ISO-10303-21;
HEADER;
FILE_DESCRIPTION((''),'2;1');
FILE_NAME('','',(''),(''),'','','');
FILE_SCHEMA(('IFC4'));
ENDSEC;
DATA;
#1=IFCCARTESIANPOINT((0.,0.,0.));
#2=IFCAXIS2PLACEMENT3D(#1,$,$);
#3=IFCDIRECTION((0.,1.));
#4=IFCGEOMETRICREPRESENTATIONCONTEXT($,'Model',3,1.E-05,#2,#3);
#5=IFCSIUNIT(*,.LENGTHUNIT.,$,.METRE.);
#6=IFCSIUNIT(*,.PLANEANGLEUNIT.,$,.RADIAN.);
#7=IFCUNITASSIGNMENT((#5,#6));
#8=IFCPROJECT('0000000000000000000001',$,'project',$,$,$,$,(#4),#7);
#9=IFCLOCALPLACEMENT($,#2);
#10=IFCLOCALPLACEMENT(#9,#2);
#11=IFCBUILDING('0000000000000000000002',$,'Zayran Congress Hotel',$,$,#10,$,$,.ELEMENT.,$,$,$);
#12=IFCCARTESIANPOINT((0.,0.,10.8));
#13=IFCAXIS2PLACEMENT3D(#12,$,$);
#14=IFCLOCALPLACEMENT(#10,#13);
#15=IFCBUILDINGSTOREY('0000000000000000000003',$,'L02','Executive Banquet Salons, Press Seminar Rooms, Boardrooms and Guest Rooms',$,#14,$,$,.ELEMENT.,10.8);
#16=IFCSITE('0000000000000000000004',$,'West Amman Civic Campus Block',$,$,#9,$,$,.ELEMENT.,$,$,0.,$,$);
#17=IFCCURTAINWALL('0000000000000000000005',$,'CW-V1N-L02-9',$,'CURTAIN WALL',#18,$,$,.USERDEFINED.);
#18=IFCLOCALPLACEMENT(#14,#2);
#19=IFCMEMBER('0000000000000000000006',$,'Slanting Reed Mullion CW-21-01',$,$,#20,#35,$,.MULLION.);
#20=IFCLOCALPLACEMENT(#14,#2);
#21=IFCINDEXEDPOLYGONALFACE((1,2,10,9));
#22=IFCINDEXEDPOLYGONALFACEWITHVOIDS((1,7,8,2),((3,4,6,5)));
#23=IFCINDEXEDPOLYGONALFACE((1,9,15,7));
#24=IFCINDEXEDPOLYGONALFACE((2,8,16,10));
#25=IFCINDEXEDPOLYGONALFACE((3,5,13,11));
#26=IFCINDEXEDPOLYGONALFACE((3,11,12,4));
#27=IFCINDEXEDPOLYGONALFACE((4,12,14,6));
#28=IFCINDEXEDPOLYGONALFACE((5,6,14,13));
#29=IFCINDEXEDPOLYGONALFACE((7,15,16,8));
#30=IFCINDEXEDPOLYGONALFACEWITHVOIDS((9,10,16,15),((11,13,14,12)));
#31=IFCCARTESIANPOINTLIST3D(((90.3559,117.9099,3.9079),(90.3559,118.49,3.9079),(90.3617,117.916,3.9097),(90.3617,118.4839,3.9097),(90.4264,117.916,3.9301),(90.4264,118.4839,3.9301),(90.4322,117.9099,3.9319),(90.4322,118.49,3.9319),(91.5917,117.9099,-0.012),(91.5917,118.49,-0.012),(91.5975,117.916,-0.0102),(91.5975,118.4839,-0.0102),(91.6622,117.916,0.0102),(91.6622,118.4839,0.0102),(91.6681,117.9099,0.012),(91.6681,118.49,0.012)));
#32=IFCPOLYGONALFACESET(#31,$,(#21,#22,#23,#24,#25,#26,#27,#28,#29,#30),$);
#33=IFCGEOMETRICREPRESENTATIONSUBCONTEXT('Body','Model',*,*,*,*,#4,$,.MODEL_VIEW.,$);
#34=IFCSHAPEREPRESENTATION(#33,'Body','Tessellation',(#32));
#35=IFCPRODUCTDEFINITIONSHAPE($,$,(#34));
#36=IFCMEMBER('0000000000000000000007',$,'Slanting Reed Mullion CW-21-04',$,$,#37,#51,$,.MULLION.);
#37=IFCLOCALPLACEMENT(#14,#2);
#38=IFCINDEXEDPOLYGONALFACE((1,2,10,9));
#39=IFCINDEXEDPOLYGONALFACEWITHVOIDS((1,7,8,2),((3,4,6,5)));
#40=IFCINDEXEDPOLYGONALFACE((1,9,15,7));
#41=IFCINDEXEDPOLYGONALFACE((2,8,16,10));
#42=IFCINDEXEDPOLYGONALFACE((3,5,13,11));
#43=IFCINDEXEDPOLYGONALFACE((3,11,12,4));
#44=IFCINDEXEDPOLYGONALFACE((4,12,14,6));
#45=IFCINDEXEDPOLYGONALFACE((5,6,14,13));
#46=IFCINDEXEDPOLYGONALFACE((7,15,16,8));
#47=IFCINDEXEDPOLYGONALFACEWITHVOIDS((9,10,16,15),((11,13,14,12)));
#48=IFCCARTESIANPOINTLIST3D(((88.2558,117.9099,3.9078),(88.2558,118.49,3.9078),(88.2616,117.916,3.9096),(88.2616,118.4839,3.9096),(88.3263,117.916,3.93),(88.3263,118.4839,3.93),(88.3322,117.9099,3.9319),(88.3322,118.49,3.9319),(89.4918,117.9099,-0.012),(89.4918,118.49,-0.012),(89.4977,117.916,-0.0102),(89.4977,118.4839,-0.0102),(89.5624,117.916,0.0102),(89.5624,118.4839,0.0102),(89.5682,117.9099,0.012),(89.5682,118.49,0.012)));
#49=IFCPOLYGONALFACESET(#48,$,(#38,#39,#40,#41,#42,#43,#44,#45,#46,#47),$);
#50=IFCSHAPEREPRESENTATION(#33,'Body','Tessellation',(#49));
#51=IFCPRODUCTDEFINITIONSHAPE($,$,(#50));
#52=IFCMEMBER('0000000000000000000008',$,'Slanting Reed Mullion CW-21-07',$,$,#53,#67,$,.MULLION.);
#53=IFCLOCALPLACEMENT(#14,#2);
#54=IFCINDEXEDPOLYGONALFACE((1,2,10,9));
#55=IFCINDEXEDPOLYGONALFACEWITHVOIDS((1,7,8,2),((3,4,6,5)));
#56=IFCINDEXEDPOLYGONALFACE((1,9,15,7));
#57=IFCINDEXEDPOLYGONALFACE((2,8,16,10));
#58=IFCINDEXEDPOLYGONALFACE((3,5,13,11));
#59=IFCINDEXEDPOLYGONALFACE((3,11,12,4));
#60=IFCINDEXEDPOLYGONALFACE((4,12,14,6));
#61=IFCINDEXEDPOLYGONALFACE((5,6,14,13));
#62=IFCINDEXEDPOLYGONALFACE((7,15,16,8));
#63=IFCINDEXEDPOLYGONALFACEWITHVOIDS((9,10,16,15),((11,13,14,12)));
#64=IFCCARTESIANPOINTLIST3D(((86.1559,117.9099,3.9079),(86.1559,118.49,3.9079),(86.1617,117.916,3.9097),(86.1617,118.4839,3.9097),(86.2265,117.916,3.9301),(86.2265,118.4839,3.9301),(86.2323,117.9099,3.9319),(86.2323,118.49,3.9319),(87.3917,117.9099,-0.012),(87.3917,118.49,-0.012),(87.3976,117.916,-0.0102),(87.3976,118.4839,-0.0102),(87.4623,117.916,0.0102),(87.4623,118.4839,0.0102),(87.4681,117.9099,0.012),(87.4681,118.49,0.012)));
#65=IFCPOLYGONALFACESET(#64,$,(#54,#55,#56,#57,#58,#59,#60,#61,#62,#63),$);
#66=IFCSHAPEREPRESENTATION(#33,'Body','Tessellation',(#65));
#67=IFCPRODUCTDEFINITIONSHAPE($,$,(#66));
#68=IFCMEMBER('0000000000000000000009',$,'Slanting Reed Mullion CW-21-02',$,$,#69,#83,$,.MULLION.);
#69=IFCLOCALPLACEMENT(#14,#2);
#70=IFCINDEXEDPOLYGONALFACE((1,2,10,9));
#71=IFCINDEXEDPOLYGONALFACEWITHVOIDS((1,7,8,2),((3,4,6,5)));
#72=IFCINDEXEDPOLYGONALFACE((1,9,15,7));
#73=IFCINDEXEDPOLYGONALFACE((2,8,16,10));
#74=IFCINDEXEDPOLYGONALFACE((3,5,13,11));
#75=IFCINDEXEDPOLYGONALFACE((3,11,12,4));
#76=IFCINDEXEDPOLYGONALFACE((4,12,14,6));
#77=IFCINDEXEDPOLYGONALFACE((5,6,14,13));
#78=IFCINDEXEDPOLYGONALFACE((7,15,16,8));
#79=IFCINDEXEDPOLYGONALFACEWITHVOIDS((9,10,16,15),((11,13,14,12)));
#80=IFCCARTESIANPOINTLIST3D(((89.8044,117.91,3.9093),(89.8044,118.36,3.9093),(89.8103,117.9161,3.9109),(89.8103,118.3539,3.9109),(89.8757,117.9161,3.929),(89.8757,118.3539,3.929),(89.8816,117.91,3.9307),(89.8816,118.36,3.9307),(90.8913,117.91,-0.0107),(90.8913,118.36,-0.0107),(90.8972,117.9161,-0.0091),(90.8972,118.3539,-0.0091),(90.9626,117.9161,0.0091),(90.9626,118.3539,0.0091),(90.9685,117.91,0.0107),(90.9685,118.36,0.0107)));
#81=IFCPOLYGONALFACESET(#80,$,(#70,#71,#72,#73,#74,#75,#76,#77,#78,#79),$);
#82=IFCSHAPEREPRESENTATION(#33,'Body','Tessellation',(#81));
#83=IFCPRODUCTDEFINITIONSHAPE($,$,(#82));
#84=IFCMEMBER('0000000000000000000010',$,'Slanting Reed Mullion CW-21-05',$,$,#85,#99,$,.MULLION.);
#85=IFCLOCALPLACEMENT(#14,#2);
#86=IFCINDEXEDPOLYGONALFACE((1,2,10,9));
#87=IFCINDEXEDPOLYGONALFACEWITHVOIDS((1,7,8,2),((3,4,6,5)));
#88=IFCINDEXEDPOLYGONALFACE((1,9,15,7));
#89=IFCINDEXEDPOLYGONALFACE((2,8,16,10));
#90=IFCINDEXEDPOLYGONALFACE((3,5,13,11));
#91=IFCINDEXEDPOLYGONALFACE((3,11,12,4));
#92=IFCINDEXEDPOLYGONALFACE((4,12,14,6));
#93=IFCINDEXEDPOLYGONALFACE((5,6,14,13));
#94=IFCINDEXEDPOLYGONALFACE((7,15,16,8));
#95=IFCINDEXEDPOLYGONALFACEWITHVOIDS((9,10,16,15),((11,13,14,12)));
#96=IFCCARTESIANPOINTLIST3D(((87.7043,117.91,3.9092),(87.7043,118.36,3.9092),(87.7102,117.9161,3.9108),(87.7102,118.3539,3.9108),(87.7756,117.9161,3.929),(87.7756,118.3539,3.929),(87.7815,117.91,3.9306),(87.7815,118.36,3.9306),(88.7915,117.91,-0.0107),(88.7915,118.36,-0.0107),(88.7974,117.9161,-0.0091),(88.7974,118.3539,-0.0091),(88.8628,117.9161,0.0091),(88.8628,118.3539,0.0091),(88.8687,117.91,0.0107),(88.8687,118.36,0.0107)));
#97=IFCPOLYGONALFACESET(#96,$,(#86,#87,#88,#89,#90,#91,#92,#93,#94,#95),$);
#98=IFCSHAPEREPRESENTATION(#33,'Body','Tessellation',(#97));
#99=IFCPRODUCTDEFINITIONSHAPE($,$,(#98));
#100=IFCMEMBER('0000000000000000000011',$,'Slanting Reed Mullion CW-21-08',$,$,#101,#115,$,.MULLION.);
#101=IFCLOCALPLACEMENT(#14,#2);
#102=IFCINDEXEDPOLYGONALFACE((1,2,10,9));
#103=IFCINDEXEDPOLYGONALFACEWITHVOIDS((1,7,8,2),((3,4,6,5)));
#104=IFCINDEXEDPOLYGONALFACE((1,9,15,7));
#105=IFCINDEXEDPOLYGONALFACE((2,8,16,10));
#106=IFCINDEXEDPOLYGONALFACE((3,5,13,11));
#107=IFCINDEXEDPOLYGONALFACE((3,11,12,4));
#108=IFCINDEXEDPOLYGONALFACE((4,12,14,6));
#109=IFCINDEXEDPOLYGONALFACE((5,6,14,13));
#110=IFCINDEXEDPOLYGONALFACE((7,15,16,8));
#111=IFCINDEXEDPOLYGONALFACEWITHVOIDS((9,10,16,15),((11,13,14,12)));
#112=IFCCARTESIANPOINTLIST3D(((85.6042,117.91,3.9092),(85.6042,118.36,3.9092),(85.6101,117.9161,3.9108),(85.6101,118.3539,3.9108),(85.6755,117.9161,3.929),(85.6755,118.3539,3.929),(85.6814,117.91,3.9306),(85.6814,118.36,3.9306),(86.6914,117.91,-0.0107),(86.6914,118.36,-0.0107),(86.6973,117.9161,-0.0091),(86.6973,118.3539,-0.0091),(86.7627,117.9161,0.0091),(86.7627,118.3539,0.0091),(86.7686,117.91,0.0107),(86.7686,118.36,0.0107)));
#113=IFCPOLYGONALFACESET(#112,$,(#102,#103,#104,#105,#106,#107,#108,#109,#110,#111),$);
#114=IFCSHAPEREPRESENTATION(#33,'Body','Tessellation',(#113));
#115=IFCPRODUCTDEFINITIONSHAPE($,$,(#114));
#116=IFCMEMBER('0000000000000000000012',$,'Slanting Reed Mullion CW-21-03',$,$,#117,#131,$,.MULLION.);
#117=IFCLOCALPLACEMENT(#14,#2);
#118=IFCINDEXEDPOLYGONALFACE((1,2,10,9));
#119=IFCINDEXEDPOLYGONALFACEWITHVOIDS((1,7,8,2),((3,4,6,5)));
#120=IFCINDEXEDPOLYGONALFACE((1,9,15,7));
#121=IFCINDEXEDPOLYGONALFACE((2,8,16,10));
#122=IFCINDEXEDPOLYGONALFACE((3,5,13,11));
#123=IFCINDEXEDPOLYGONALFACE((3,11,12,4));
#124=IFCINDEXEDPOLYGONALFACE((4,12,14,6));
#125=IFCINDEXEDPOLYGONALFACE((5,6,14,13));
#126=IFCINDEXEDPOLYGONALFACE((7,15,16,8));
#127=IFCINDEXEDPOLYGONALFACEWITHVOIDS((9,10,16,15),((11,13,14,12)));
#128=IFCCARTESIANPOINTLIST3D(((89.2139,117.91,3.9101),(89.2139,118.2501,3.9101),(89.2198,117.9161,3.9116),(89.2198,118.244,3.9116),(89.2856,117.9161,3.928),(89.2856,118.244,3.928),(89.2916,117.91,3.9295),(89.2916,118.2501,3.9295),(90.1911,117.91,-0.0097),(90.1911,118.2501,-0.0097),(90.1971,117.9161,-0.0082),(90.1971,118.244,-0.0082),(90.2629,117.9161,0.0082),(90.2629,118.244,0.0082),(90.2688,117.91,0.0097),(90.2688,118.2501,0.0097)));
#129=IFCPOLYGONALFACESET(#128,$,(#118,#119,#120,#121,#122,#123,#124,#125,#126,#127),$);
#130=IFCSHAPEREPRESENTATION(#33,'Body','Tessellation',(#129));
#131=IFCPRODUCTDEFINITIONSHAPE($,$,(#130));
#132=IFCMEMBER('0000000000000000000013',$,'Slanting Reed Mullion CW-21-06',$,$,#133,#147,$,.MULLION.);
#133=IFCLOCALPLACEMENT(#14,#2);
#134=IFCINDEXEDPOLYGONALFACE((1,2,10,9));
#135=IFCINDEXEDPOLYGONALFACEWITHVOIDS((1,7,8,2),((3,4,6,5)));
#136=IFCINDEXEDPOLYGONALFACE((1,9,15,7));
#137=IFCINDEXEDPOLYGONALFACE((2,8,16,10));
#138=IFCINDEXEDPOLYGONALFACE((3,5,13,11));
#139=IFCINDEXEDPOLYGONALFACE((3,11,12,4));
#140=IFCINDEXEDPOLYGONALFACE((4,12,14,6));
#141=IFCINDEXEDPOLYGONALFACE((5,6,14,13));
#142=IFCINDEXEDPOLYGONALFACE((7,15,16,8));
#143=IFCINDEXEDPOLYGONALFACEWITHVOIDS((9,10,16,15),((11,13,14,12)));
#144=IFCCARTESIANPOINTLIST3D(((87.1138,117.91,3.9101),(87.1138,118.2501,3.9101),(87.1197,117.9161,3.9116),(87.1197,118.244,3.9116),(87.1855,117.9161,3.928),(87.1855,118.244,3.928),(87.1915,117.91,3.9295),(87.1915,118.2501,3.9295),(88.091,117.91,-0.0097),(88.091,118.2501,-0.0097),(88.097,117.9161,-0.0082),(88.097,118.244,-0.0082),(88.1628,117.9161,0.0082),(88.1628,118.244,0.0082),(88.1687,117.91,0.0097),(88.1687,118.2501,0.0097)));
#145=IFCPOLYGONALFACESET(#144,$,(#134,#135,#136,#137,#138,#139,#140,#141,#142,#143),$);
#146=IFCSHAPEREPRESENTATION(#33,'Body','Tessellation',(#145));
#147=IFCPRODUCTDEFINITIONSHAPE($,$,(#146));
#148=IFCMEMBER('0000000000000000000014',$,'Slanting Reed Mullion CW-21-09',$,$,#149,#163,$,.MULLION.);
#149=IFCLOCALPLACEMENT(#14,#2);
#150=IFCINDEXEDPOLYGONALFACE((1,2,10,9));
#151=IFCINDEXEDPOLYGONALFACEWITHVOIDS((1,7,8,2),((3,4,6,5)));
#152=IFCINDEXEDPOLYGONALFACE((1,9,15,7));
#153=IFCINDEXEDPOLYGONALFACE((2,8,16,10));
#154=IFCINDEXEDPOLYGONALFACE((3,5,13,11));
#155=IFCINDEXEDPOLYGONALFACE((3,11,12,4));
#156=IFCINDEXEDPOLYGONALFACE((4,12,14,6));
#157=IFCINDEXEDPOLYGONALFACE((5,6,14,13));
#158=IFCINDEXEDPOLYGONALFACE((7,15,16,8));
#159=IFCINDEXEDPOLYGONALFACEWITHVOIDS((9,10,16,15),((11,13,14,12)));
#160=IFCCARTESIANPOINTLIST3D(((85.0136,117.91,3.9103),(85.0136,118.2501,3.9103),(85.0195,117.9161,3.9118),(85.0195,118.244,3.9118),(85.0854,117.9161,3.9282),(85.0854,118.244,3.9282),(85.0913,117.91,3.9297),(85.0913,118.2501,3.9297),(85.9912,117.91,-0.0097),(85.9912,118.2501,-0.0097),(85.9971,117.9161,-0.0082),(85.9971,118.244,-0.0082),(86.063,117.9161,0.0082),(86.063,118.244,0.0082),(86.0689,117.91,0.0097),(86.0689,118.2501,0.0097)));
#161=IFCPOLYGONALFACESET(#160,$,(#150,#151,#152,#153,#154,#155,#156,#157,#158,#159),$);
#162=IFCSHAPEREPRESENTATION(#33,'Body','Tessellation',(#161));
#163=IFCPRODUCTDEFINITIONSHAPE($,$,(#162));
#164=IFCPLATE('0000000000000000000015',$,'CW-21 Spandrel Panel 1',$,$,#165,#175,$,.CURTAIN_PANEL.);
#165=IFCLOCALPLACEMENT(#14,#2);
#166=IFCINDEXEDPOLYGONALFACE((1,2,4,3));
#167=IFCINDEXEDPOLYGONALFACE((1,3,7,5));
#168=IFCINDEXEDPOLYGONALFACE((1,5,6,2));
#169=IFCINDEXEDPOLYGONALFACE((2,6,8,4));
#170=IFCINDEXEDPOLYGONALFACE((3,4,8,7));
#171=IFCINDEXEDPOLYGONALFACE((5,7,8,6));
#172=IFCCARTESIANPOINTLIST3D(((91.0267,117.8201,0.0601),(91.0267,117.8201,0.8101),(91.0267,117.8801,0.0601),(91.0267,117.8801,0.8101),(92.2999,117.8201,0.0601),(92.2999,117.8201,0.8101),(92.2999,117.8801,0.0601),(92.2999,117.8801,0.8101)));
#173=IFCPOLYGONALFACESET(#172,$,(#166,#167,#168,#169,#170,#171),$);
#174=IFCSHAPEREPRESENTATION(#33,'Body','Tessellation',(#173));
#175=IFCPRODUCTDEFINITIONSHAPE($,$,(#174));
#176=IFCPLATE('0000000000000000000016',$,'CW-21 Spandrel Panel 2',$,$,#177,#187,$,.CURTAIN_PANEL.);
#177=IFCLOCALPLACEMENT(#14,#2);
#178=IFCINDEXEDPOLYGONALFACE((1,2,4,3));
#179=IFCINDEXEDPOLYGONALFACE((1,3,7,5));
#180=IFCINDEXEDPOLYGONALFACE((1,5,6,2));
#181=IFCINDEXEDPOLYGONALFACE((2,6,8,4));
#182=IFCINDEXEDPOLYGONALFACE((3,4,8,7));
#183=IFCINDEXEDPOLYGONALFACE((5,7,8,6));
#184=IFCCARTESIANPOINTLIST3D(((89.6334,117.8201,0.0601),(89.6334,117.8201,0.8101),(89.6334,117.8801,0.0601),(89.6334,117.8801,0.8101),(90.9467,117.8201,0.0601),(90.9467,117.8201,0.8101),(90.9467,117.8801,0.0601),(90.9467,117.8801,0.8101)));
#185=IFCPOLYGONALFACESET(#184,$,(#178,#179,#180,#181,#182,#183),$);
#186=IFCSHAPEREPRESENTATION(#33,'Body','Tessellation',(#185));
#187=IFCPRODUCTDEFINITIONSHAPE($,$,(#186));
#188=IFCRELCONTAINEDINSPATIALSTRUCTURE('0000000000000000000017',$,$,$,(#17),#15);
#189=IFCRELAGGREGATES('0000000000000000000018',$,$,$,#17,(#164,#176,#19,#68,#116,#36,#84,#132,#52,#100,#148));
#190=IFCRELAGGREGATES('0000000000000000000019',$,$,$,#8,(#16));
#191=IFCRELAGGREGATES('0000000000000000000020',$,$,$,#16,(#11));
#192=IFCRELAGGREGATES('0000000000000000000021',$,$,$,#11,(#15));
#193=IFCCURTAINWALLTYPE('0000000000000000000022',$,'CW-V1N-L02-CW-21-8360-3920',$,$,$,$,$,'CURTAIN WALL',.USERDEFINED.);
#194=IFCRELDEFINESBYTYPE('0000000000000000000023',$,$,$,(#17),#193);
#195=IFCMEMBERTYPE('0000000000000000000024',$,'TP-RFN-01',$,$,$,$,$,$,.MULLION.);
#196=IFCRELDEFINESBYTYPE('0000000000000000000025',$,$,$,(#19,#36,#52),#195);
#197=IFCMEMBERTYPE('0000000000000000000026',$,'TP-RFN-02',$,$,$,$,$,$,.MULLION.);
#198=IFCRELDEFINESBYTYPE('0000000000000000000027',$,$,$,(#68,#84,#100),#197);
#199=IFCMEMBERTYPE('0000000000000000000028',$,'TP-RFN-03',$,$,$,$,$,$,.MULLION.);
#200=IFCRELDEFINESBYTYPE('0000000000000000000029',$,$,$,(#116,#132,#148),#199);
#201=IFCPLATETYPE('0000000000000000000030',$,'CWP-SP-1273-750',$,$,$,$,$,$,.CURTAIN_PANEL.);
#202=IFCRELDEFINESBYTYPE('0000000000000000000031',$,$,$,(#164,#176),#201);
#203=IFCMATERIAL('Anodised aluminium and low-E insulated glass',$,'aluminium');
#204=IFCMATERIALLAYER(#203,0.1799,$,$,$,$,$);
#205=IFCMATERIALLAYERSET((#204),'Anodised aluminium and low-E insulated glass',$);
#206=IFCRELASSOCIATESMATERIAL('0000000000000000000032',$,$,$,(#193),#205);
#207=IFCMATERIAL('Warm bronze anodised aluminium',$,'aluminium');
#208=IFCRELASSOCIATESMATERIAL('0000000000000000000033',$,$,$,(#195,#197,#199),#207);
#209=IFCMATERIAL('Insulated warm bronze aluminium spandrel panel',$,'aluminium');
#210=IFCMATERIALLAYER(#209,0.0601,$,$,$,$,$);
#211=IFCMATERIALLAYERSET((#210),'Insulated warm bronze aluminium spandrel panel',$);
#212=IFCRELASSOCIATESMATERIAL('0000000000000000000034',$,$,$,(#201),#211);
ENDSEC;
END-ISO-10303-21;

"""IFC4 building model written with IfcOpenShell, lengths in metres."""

from ifc_helpers import new_model, si_unit, direction, frame, origin, origin_2d, place, context, subcontext, project, spatial, rectangle, hollow_rectangle, extrude, material, layer, layer_set, material_profile, profile_set, type_object, element, aggregate, save


model = new_model("IFC4")

# Units and contexts
model_context = context("Model", 3, precision=1e-05, world=origin(), true_north=direction((0.0, 1.0)))
body_context = subcontext(model_context, "Body", "Model", "MODEL_VIEW")
ifc_project = project(units=[si_unit("LENGTHUNIT", "METRE"), si_unit("PLANEANGLEUNIT", "RADIAN")], contexts=[model_context])

# Site, building, storey
site_placement = place(None, origin())
site = spatial("IfcSite", under=ifc_project, at=site_placement, Name="West Amman Civic Campus Block", CompositionType="ELEMENT", RefElevation=0.0)
building_placement = place(site_placement, origin())
building = spatial("IfcBuilding", under=site, at=building_placement, Name="Zayran Congress Hotel", CompositionType="ELEMENT")
storey_placement = place(building_placement, frame((0.0, 0.0, 10.8)))
storey = spatial("IfcBuildingStorey", under=building, at=storey_placement, Name="L02", Description="Executive Banquet Salons, Press Seminar Rooms, Boardrooms and Guest Rooms", CompositionType="ELEMENT", Elevation=10.8)

# Curtain wall, members, plates
ifc_material_1 = material(Name="Anodised aluminium and low-E insulated glass", Category="aluminium")
ifc_layer_1 = layer(ifc_material_1, 0.1799)
ifc_layer_set_1 = layer_set([ifc_layer_1], Name="Anodised aluminium and low-E insulated glass")
curtain_wall_type = type_object("IfcCurtainWallType", Name="CW-V1N-L02-CW-21-8360-3920", ElementType="CURTAIN WALL", PredefinedType="USERDEFINED", material=ifc_layer_set_1)
curtain_wall_placement = place(storey_placement, origin())
curtain_wall = element("IfcCurtainWall", 1, at=curtain_wall_placement, inside=storey, type_object=curtain_wall_type, Name="CW-V1N-L02-9", ObjectType="CURTAIN WALL", PredefinedType="USERDEFINED")
ifc_material_2 = material(Name="Warm bronze anodised aluminium", Category="aluminium")
ifc_material_profile_1 = material_profile(ifc_material_2, hollow_rectangle(XDim=0.0801, YDim=0.5801, WallThickness=0.0061, at=origin_2d()), Name="RHS 580x80x6")
ifc_profile_set_1 = profile_set([ifc_material_profile_1], Name="Warm bronze anodised aluminium")
member_type_1 = type_object("IfcMemberType", Name="TP-RFN-01", PredefinedType="MULLION", material=ifc_profile_set_1)
member_1_placement = place(storey_placement, frame((91.6299, 118.2, 0.0), z_axis=(-0.300682, 0.0, 0.953724), x_axis=(0.953724, 0.0, 0.300682)))
member_1 = element("IfcMember", 2, at=member_1_placement, type_object=member_type_1, Name="Slanting Reed Mullion CW-21-01", PredefinedType="MULLION", context=body_context, shape_type="SweptSolid", body=[
    extrude(hollow_rectangle(XDim=0.0801, YDim=0.5801, WallThickness=0.0061, at=origin_2d()), origin(), (0.0, 0.0, 1.0), 4.1101),
])
member_2_placement = place(storey_placement, frame((89.53, 118.2, 0.0), z_axis=(-0.300736, 0.0, 0.953707), x_axis=(0.953707, 0.0, 0.300736)))
member_2 = element("IfcMember", 3, at=member_2_placement, type_object=member_type_1, Name="Slanting Reed Mullion CW-21-04", PredefinedType="MULLION", context=body_context, shape_type="SweptSolid", body=[
    extrude(hollow_rectangle(XDim=0.0801, YDim=0.5801, WallThickness=0.0061, at=origin_2d()), origin(), (0.0, 0.0, 1.0), 4.1101),
])
member_3_placement = place(storey_placement, frame((87.4299, 118.2, 0.0), z_axis=(-0.300682, 0.0, 0.953724), x_axis=(0.953724, 0.0, 0.300682)))
member_3 = element("IfcMember", 4, at=member_3_placement, type_object=member_type_1, Name="Slanting Reed Mullion CW-21-07", PredefinedType="MULLION", context=body_context, shape_type="SweptSolid", body=[
    extrude(hollow_rectangle(XDim=0.0801, YDim=0.5801, WallThickness=0.0061, at=origin_2d()), origin(), (0.0, 0.0, 1.0), 4.1101),
])
ifc_material_profile_2 = material_profile(ifc_material_2, hollow_rectangle(XDim=0.0801, YDim=0.45, WallThickness=0.0061, at=origin_2d()), Name="RHS 450x80x6")
ifc_profile_set_2 = profile_set([ifc_material_profile_2], Name="Warm bronze anodised aluminium")
member_type_2 = type_object("IfcMemberType", Name="TP-RFN-02", PredefinedType="MULLION", material=ifc_profile_set_2)
member_4_placement = place(storey_placement, frame((90.9299, 118.135, 0.0), z_axis=(-0.267198, 0.0, 0.963642), x_axis=(0.963642, 0.0, 0.267198)))
member_4 = element("IfcMember", 5, at=member_4_placement, type_object=member_type_2, Name="Slanting Reed Mullion CW-21-02", PredefinedType="MULLION", context=body_context, shape_type="SweptSolid", body=[
    extrude(hollow_rectangle(XDim=0.0801, YDim=0.45, WallThickness=0.0061, at=origin_2d()), origin(), (0.0, 0.0, 1.0), 4.0679),
])
member_5_placement = place(storey_placement, frame((88.8301, 118.135, 0.0), z_axis=(-0.267254, 0.0, 0.963626), x_axis=(0.963626, 0.0, 0.267254)))
member_5 = element("IfcMember", 6, at=member_5_placement, type_object=member_type_2, Name="Slanting Reed Mullion CW-21-05", PredefinedType="MULLION", context=body_context, shape_type="SweptSolid", body=[
    extrude(hollow_rectangle(XDim=0.0801, YDim=0.45, WallThickness=0.0061, at=origin_2d()), origin(), (0.0, 0.0, 1.0), 4.0679),
])
member_6_placement = place(storey_placement, frame((86.73, 118.135, 0.0), z_axis=(-0.267254, 0.0, 0.963626), x_axis=(0.963626, 0.0, 0.267254)))
member_6 = element("IfcMember", 7, at=member_6_placement, type_object=member_type_2, Name="Slanting Reed Mullion CW-21-08", PredefinedType="MULLION", context=body_context, shape_type="SweptSolid", body=[
    extrude(hollow_rectangle(XDim=0.0801, YDim=0.45, WallThickness=0.0061, at=origin_2d()), origin(), (0.0, 0.0, 1.0), 4.0679),
])
ifc_material_profile_3 = material_profile(ifc_material_2, hollow_rectangle(XDim=0.0801, YDim=0.3401, WallThickness=0.0061, at=origin_2d()), Name="RHS 340x80x6")
ifc_profile_set_3 = profile_set([ifc_material_profile_3], Name="Warm bronze anodised aluminium")
member_type_3 = type_object("IfcMemberType", Name="TP-RFN-03", PredefinedType="MULLION", material=ifc_profile_set_3)
member_7_placement = place(storey_placement, frame((90.23, 118.0801, 0.0), z_axis=(-0.24191, 0.0, 0.970299), x_axis=(0.970299, 0.0, 0.24191)))
member_7 = element("IfcMember", 8, at=member_7_placement, type_object=member_type_3, Name="Slanting Reed Mullion CW-21-03", PredefinedType="MULLION", context=body_context, shape_type="SweptSolid", body=[
    extrude(hollow_rectangle(XDim=0.0801, YDim=0.3401, WallThickness=0.0061, at=origin_2d()), origin(), (0.0, 0.0, 1.0), 4.0398),
])
member_8_placement = place(storey_placement, frame((88.1299, 118.0801, 0.0), z_axis=(-0.24191, 0.0, 0.970299), x_axis=(0.970299, 0.0, 0.24191)))
member_8 = element("IfcMember", 9, at=member_8_placement, type_object=member_type_3, Name="Slanting Reed Mullion CW-21-06", PredefinedType="MULLION", context=body_context, shape_type="SweptSolid", body=[
    extrude(hollow_rectangle(XDim=0.0801, YDim=0.3401, WallThickness=0.0061, at=origin_2d()), origin(), (0.0, 0.0, 1.0), 4.0398),
])
member_9_placement = place(storey_placement, frame((86.03, 118.0801, 0.0), z_axis=(-0.241967, 0.0, 0.970285), x_axis=(0.970285, 0.0, 0.241967)))
member_9 = element("IfcMember", 10, at=member_9_placement, type_object=member_type_3, Name="Slanting Reed Mullion CW-21-09", PredefinedType="MULLION", context=body_context, shape_type="SweptSolid", body=[
    extrude(hollow_rectangle(XDim=0.0801, YDim=0.3401, WallThickness=0.0061, at=origin_2d()), origin(), (0.0, 0.0, 1.0), 4.04),
])
ifc_material_3 = material(Name="Insulated warm bronze aluminium spandrel panel", Category="aluminium")
ifc_layer_2 = layer(ifc_material_3, 0.0601)
ifc_layer_set_2 = layer_set([ifc_layer_2], Name="Insulated warm bronze aluminium spandrel panel")
plate_type_1 = type_object("IfcPlateType", Name="CWP-SP-1273-750", PredefinedType="CURTAIN_PANEL", material=ifc_layer_set_2)
plate_1_placement = place(storey_placement, frame((91.6633, 117.8501, 0.0601), z_axis=(0.0, 0.0, 1.0), x_axis=(1.0, 0.0, 0.0)))
plate_1 = element("IfcPlate", 11, at=plate_1_placement, type_object=plate_type_1, Name="CW-21 Spandrel Panel 1", PredefinedType="CURTAIN_PANEL", context=body_context, shape_type="SweptSolid", body=[
    extrude(rectangle(XDim=1.2732, YDim=0.0601, at=origin_2d()), origin(), (0.0, 0.0, 1.0), 0.75),
])
plate_2_placement = place(storey_placement, frame((90.29, 117.8501, 0.0601), z_axis=(0.0, 0.0, 1.0), x_axis=(1.0, 0.0, 0.0)))
plate_2 = element("IfcPlate", 12, at=plate_2_placement, type_object=plate_type_1, Name="CW-21 Spandrel Panel 2", PredefinedType="CURTAIN_PANEL", context=body_context, shape_type="SweptSolid", body=[
    extrude(rectangle(XDim=1.3132, YDim=0.0601, at=origin_2d()), origin(), (0.0, 0.0, 1.0), 0.75),
])
aggregate(curtain_wall, [plate_1, plate_2, member_1, member_4, member_7, member_2, member_5, member_8, member_3, member_6, member_9])

save(model, "model.ifc")
